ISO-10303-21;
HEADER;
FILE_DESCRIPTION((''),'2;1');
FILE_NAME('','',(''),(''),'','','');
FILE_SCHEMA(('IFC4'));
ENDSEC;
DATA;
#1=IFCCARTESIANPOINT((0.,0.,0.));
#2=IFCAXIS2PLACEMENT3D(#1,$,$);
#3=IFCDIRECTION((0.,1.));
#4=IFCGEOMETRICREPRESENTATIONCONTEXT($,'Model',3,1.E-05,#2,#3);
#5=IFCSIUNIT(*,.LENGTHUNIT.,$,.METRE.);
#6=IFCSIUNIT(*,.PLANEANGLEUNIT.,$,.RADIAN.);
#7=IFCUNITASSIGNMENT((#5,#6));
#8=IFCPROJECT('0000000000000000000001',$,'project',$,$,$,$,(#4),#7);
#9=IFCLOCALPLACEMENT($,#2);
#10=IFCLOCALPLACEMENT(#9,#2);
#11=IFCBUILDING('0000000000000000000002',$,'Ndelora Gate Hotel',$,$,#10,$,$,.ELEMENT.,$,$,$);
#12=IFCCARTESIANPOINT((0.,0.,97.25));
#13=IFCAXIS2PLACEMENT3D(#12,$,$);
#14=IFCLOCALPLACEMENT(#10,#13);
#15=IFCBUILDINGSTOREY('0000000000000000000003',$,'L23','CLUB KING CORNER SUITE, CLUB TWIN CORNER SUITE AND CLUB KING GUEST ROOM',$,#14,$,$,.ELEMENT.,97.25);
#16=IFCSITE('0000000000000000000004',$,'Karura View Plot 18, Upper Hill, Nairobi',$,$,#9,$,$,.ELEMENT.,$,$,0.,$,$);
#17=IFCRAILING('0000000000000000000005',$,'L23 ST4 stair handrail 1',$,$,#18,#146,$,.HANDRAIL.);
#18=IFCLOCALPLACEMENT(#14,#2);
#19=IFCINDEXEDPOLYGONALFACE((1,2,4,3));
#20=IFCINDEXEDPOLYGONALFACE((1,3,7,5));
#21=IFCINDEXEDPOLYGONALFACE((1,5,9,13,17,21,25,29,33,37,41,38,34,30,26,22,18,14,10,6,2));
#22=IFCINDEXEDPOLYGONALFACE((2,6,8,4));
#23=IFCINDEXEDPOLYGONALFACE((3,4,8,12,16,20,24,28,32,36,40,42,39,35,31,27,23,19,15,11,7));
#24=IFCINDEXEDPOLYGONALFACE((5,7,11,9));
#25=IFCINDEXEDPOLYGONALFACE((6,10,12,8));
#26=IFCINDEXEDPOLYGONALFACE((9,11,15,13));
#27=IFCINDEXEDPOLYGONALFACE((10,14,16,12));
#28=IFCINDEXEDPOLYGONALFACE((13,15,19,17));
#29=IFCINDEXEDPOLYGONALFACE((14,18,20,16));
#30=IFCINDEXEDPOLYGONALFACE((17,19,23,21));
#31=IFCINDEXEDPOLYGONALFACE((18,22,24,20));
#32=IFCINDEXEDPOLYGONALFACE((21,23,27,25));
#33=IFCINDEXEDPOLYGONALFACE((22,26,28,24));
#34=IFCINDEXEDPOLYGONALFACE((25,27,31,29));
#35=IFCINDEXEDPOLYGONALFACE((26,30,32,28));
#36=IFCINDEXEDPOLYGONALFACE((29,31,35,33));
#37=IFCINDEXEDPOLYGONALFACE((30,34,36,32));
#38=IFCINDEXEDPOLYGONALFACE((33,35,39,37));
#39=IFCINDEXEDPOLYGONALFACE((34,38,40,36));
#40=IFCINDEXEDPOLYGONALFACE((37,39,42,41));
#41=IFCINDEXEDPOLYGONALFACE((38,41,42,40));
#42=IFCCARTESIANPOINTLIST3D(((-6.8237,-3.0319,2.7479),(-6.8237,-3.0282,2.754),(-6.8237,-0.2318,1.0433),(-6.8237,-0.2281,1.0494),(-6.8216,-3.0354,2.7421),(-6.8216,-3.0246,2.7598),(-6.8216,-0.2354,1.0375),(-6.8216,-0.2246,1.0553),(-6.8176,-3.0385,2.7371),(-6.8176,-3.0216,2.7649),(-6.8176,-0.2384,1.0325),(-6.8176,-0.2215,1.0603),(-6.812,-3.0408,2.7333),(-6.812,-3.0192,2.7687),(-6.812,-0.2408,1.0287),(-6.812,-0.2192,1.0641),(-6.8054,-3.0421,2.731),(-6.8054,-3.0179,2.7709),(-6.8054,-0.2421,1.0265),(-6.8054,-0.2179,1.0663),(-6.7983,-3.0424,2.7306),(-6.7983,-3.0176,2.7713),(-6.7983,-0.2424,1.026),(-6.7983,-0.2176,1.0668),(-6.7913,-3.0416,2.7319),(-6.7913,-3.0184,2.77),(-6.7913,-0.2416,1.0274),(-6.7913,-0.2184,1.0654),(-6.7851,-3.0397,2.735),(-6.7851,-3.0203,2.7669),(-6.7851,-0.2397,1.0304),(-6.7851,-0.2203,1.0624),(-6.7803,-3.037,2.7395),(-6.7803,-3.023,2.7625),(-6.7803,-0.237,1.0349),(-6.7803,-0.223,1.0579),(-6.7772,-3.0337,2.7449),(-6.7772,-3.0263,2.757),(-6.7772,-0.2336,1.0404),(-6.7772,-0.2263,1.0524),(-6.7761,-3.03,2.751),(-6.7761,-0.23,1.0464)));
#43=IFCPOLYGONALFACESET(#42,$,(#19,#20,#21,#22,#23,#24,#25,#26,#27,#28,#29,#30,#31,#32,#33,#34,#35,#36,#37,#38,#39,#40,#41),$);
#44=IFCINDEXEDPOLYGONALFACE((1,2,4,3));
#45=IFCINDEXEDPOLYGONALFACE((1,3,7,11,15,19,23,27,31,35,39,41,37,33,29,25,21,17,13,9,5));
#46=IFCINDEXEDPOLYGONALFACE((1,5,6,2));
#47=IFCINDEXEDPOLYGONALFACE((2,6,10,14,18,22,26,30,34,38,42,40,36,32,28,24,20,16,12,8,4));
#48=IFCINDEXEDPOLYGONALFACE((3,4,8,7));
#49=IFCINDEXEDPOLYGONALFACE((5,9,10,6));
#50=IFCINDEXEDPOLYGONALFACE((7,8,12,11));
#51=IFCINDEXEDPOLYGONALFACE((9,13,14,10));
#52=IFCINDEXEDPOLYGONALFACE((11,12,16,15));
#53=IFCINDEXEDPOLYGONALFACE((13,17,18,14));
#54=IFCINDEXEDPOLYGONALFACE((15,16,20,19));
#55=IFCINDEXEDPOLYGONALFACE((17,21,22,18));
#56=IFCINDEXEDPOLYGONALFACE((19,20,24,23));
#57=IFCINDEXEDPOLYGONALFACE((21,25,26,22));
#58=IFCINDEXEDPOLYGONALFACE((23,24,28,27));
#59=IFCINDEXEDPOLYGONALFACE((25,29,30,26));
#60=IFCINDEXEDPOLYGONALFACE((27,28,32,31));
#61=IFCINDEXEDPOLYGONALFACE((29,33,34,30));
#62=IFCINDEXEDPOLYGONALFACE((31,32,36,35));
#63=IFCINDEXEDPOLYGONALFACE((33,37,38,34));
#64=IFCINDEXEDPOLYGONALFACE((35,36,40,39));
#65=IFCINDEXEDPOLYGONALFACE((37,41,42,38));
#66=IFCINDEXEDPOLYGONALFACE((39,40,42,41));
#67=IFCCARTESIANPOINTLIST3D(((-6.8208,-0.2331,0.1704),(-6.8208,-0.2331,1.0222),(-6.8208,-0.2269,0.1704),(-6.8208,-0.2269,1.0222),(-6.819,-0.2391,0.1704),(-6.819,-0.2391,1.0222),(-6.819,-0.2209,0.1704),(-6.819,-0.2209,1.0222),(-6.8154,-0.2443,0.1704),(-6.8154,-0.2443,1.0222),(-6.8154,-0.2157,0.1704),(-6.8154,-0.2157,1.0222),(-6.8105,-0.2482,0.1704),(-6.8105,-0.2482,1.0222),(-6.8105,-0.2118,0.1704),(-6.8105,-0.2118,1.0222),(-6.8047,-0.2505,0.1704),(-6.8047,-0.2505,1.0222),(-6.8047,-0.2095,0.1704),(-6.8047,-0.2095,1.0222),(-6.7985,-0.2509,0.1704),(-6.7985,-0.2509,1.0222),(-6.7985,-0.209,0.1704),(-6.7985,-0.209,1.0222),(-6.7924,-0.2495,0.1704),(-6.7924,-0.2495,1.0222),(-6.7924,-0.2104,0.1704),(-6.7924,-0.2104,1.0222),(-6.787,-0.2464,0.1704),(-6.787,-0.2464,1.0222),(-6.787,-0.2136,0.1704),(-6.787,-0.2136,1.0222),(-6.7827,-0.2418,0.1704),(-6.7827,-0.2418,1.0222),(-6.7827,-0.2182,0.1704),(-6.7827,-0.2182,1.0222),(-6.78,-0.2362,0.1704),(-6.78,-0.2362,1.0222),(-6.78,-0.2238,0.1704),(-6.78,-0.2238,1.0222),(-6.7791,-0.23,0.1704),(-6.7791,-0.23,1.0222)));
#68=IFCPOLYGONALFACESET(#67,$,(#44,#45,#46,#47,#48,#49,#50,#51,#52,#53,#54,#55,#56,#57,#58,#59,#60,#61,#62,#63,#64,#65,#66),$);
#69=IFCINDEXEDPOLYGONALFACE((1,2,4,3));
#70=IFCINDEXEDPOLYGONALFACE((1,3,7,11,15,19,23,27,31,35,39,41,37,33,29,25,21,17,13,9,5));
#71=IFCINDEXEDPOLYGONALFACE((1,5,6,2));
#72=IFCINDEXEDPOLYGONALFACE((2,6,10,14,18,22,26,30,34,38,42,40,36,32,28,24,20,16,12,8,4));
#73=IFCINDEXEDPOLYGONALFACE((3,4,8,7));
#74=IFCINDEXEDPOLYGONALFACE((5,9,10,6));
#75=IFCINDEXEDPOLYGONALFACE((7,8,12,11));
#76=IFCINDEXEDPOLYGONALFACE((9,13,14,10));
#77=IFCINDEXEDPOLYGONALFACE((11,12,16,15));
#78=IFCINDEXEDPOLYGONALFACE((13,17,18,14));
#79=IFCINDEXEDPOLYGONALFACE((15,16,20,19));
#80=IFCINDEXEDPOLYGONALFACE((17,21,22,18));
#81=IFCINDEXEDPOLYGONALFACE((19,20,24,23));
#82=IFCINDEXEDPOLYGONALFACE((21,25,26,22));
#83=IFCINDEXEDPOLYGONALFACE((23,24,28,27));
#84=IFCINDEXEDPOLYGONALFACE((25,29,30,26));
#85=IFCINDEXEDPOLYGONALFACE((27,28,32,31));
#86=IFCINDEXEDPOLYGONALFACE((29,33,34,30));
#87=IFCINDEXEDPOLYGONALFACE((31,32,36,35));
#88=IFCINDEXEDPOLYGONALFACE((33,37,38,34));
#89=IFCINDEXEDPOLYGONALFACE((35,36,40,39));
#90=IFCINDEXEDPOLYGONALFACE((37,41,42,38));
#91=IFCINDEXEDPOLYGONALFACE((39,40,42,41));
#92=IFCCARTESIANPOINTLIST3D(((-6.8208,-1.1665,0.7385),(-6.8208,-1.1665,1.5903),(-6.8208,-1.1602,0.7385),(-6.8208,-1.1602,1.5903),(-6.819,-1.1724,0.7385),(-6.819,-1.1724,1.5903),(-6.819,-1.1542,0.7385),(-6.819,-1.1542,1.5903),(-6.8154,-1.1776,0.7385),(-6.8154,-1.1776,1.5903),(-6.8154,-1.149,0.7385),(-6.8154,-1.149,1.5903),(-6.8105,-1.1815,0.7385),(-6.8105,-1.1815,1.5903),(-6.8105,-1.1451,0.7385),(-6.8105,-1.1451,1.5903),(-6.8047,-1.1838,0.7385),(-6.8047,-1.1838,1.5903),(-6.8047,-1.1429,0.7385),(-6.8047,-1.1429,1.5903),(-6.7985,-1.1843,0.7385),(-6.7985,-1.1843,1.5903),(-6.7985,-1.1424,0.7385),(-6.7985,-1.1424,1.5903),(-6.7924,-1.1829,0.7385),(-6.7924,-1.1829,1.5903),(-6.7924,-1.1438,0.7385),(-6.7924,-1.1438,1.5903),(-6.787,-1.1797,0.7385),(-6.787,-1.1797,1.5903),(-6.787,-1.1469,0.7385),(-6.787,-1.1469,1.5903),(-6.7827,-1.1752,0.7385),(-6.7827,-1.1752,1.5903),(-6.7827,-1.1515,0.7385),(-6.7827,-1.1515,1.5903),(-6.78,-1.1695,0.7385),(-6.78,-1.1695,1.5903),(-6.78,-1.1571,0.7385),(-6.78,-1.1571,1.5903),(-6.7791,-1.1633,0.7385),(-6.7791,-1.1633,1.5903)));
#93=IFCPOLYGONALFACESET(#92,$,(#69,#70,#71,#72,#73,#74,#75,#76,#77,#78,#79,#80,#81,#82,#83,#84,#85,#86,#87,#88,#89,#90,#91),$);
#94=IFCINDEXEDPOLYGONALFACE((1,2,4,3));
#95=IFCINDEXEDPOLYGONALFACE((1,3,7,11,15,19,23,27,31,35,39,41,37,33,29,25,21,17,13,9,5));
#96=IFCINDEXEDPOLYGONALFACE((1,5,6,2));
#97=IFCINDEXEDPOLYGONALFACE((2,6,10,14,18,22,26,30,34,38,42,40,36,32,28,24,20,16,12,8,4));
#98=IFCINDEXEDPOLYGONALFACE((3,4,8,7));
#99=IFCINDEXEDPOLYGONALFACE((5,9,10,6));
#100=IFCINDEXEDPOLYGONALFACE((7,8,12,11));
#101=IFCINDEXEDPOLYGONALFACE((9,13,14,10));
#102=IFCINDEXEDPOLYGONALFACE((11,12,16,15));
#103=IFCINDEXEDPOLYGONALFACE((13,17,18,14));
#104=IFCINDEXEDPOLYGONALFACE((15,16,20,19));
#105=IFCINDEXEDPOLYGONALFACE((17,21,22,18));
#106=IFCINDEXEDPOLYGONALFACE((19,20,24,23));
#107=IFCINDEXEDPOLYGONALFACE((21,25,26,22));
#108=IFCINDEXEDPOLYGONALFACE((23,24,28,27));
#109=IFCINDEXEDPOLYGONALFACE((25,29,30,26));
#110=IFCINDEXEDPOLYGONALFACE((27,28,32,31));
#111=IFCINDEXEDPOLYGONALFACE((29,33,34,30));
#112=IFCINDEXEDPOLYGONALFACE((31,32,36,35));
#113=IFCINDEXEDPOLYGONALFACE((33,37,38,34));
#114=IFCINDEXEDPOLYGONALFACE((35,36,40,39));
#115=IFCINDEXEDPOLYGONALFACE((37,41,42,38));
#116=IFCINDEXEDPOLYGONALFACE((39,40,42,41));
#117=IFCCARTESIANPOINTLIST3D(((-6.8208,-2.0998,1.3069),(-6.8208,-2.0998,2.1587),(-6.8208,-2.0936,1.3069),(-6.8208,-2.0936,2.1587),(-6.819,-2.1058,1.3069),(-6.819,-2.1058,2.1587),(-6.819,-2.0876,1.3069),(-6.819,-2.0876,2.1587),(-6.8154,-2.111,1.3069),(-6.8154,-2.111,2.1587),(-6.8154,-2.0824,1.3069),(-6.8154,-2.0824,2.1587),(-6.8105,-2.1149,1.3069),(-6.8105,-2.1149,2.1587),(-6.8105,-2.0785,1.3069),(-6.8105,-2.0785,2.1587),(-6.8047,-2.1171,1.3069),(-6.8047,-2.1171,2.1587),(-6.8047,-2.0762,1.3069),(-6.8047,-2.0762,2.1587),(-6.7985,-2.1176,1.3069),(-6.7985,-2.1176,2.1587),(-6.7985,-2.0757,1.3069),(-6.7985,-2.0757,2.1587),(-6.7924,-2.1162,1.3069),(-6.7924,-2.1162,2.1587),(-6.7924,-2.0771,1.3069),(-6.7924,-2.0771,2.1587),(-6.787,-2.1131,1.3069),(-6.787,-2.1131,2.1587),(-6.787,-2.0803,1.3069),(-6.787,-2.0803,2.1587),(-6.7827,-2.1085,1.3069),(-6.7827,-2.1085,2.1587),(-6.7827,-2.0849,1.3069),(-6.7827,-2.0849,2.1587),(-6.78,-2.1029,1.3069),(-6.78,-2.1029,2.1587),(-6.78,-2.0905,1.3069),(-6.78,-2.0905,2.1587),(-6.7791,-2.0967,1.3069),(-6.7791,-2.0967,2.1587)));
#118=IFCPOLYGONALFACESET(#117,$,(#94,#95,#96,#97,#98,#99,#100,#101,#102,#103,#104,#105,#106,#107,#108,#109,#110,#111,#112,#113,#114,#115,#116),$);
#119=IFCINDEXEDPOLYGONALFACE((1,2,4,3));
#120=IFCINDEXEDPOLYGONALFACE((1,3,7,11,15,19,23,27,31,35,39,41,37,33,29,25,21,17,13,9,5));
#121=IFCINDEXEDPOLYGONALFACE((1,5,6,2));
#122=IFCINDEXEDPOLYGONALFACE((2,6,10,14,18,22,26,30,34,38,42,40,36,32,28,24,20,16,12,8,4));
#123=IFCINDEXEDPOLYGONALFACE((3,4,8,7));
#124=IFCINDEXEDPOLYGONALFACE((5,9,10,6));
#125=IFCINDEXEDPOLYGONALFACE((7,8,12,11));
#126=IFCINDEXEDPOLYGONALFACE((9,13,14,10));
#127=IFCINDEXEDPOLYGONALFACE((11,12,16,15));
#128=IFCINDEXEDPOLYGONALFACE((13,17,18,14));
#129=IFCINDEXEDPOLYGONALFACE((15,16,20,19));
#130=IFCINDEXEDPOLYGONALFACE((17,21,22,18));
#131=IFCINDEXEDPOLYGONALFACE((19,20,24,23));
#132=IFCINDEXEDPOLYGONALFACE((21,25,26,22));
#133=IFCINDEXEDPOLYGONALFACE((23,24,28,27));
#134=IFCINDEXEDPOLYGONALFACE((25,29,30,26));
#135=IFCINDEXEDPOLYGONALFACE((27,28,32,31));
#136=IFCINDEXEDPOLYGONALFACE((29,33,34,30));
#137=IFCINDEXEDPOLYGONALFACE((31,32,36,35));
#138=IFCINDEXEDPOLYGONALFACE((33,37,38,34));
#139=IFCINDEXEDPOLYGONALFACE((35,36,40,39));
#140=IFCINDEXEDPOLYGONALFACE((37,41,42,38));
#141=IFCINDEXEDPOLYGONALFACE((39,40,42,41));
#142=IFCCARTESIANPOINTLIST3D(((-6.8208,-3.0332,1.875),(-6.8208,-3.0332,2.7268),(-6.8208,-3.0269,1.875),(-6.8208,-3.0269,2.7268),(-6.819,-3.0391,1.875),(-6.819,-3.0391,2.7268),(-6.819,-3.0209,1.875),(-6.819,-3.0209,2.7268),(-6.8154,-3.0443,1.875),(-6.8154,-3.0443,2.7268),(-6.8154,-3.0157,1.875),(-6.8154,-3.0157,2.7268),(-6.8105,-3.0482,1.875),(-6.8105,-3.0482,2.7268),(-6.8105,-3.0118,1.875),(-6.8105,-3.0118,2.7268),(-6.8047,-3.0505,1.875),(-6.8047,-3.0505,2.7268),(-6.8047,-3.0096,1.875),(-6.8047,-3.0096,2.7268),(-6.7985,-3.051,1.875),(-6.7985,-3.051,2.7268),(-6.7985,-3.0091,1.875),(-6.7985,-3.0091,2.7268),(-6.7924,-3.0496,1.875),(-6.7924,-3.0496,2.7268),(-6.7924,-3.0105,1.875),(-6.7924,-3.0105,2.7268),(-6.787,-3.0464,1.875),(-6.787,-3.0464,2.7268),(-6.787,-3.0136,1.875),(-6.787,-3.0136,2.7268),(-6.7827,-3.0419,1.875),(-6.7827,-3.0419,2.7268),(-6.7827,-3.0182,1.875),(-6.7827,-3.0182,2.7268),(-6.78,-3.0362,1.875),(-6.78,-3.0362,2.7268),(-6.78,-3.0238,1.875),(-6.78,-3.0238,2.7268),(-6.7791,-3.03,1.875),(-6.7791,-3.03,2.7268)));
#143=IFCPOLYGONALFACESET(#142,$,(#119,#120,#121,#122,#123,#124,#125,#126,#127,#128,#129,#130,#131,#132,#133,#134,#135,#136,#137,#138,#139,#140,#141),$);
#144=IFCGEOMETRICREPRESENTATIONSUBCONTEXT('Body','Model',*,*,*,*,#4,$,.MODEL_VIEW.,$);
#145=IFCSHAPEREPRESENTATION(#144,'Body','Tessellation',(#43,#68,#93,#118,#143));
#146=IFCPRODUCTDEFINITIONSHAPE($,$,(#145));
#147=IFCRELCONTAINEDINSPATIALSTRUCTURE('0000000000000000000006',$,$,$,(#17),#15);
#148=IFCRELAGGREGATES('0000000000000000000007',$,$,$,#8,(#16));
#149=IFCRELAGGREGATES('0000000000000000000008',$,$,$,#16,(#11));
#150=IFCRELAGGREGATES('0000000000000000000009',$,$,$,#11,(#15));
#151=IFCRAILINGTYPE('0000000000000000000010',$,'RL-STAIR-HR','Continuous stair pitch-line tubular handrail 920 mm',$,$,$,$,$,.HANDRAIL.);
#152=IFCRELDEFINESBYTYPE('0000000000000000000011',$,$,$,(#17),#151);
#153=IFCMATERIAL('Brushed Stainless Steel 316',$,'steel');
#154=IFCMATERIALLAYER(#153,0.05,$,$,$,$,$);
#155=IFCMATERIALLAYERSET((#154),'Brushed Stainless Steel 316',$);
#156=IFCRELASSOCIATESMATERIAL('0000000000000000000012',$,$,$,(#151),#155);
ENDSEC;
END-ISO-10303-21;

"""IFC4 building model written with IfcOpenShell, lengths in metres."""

from ifc_helpers import new_model, si_unit, direction, frame, origin, origin_2d, place, context, subcontext, project, spatial, circle, extrude, material, layer, layer_set, type_object, element, save


model = new_model("IFC4")

# Units and contexts
model_context = context("Model", 3, precision=1e-05, world=origin(), true_north=direction((0.0, 1.0)))
body_context = subcontext(model_context, "Body", "Model", "MODEL_VIEW")
ifc_project = project(units=[si_unit("LENGTHUNIT", "METRE"), si_unit("PLANEANGLEUNIT", "RADIAN")], contexts=[model_context])

# Site, building, storey
site_placement = place(None, origin())
site = spatial("IfcSite", under=ifc_project, at=site_placement, Name="Karura View Plot 18, Upper Hill, Nairobi", CompositionType="ELEMENT", RefElevation=0.0)
building_placement = place(site_placement, origin())
building = spatial("IfcBuilding", under=site, at=building_placement, Name="Ndelora Gate Hotel", CompositionType="ELEMENT")
storey_placement = place(building_placement, frame((0.0, 0.0, 97.25)))
storey = spatial("IfcBuildingStorey", under=building, at=storey_placement, Name="L23", Description="CLUB KING CORNER SUITE, CLUB TWIN CORNER SUITE AND CLUB KING GUEST ROOM", CompositionType="ELEMENT", Elevation=97.25)

# Railing
ifc_material_1 = material(Name="Brushed Stainless Steel 316", Category="steel")
ifc_layer_1 = layer(ifc_material_1, 0.05)
ifc_layer_set_1 = layer_set([ifc_layer_1], Name="Brushed Stainless Steel 316")
railing_type_1 = type_object("IfcRailingType", Name="RL-STAIR-HR", Description="Continuous stair pitch-line tubular handrail 920 mm", PredefinedType="HANDRAIL", material=ifc_layer_set_1)
railing_1_placement = place(storey_placement, frame((-6.8, -0.23, 0.1704)))
element("IfcRailing", 1, at=railing_1_placement, inside=storey, type_object=railing_type_1, Name="L23 ST4 stair handrail 1", PredefinedType="HANDRAIL", context=body_context, shape_type="SweptSolid", body=[
    extrude(circle(Radius=0.0239, at=origin_2d()), frame((0.0, 0.0, 0.876), z_axis=(0.0, -0.85417, 0.519994), x_axis=(1.0, 0.0, 0.0)), (0.0, 0.0, 1.0), 3.2781),
    extrude(circle(Radius=0.021, at=origin_2d()), origin(), (0.0, 0.0, 1.0), 0.8518),
    extrude(circle(Radius=0.021, at=origin_2d()), frame((0.0, -0.9333, 0.5681)), (0.0, 0.0, 1.0), 0.8518),
    extrude(circle(Radius=0.021, at=origin_2d()), frame((0.0, -1.8667, 1.1365)), (0.0, 0.0, 1.0), 0.8518),
    extrude(circle(Radius=0.021, at=origin_2d()), frame((0.0, -2.8, 1.7046)), (0.0, 0.0, 1.0), 0.8518),
])

save(model, "model.ifc")
